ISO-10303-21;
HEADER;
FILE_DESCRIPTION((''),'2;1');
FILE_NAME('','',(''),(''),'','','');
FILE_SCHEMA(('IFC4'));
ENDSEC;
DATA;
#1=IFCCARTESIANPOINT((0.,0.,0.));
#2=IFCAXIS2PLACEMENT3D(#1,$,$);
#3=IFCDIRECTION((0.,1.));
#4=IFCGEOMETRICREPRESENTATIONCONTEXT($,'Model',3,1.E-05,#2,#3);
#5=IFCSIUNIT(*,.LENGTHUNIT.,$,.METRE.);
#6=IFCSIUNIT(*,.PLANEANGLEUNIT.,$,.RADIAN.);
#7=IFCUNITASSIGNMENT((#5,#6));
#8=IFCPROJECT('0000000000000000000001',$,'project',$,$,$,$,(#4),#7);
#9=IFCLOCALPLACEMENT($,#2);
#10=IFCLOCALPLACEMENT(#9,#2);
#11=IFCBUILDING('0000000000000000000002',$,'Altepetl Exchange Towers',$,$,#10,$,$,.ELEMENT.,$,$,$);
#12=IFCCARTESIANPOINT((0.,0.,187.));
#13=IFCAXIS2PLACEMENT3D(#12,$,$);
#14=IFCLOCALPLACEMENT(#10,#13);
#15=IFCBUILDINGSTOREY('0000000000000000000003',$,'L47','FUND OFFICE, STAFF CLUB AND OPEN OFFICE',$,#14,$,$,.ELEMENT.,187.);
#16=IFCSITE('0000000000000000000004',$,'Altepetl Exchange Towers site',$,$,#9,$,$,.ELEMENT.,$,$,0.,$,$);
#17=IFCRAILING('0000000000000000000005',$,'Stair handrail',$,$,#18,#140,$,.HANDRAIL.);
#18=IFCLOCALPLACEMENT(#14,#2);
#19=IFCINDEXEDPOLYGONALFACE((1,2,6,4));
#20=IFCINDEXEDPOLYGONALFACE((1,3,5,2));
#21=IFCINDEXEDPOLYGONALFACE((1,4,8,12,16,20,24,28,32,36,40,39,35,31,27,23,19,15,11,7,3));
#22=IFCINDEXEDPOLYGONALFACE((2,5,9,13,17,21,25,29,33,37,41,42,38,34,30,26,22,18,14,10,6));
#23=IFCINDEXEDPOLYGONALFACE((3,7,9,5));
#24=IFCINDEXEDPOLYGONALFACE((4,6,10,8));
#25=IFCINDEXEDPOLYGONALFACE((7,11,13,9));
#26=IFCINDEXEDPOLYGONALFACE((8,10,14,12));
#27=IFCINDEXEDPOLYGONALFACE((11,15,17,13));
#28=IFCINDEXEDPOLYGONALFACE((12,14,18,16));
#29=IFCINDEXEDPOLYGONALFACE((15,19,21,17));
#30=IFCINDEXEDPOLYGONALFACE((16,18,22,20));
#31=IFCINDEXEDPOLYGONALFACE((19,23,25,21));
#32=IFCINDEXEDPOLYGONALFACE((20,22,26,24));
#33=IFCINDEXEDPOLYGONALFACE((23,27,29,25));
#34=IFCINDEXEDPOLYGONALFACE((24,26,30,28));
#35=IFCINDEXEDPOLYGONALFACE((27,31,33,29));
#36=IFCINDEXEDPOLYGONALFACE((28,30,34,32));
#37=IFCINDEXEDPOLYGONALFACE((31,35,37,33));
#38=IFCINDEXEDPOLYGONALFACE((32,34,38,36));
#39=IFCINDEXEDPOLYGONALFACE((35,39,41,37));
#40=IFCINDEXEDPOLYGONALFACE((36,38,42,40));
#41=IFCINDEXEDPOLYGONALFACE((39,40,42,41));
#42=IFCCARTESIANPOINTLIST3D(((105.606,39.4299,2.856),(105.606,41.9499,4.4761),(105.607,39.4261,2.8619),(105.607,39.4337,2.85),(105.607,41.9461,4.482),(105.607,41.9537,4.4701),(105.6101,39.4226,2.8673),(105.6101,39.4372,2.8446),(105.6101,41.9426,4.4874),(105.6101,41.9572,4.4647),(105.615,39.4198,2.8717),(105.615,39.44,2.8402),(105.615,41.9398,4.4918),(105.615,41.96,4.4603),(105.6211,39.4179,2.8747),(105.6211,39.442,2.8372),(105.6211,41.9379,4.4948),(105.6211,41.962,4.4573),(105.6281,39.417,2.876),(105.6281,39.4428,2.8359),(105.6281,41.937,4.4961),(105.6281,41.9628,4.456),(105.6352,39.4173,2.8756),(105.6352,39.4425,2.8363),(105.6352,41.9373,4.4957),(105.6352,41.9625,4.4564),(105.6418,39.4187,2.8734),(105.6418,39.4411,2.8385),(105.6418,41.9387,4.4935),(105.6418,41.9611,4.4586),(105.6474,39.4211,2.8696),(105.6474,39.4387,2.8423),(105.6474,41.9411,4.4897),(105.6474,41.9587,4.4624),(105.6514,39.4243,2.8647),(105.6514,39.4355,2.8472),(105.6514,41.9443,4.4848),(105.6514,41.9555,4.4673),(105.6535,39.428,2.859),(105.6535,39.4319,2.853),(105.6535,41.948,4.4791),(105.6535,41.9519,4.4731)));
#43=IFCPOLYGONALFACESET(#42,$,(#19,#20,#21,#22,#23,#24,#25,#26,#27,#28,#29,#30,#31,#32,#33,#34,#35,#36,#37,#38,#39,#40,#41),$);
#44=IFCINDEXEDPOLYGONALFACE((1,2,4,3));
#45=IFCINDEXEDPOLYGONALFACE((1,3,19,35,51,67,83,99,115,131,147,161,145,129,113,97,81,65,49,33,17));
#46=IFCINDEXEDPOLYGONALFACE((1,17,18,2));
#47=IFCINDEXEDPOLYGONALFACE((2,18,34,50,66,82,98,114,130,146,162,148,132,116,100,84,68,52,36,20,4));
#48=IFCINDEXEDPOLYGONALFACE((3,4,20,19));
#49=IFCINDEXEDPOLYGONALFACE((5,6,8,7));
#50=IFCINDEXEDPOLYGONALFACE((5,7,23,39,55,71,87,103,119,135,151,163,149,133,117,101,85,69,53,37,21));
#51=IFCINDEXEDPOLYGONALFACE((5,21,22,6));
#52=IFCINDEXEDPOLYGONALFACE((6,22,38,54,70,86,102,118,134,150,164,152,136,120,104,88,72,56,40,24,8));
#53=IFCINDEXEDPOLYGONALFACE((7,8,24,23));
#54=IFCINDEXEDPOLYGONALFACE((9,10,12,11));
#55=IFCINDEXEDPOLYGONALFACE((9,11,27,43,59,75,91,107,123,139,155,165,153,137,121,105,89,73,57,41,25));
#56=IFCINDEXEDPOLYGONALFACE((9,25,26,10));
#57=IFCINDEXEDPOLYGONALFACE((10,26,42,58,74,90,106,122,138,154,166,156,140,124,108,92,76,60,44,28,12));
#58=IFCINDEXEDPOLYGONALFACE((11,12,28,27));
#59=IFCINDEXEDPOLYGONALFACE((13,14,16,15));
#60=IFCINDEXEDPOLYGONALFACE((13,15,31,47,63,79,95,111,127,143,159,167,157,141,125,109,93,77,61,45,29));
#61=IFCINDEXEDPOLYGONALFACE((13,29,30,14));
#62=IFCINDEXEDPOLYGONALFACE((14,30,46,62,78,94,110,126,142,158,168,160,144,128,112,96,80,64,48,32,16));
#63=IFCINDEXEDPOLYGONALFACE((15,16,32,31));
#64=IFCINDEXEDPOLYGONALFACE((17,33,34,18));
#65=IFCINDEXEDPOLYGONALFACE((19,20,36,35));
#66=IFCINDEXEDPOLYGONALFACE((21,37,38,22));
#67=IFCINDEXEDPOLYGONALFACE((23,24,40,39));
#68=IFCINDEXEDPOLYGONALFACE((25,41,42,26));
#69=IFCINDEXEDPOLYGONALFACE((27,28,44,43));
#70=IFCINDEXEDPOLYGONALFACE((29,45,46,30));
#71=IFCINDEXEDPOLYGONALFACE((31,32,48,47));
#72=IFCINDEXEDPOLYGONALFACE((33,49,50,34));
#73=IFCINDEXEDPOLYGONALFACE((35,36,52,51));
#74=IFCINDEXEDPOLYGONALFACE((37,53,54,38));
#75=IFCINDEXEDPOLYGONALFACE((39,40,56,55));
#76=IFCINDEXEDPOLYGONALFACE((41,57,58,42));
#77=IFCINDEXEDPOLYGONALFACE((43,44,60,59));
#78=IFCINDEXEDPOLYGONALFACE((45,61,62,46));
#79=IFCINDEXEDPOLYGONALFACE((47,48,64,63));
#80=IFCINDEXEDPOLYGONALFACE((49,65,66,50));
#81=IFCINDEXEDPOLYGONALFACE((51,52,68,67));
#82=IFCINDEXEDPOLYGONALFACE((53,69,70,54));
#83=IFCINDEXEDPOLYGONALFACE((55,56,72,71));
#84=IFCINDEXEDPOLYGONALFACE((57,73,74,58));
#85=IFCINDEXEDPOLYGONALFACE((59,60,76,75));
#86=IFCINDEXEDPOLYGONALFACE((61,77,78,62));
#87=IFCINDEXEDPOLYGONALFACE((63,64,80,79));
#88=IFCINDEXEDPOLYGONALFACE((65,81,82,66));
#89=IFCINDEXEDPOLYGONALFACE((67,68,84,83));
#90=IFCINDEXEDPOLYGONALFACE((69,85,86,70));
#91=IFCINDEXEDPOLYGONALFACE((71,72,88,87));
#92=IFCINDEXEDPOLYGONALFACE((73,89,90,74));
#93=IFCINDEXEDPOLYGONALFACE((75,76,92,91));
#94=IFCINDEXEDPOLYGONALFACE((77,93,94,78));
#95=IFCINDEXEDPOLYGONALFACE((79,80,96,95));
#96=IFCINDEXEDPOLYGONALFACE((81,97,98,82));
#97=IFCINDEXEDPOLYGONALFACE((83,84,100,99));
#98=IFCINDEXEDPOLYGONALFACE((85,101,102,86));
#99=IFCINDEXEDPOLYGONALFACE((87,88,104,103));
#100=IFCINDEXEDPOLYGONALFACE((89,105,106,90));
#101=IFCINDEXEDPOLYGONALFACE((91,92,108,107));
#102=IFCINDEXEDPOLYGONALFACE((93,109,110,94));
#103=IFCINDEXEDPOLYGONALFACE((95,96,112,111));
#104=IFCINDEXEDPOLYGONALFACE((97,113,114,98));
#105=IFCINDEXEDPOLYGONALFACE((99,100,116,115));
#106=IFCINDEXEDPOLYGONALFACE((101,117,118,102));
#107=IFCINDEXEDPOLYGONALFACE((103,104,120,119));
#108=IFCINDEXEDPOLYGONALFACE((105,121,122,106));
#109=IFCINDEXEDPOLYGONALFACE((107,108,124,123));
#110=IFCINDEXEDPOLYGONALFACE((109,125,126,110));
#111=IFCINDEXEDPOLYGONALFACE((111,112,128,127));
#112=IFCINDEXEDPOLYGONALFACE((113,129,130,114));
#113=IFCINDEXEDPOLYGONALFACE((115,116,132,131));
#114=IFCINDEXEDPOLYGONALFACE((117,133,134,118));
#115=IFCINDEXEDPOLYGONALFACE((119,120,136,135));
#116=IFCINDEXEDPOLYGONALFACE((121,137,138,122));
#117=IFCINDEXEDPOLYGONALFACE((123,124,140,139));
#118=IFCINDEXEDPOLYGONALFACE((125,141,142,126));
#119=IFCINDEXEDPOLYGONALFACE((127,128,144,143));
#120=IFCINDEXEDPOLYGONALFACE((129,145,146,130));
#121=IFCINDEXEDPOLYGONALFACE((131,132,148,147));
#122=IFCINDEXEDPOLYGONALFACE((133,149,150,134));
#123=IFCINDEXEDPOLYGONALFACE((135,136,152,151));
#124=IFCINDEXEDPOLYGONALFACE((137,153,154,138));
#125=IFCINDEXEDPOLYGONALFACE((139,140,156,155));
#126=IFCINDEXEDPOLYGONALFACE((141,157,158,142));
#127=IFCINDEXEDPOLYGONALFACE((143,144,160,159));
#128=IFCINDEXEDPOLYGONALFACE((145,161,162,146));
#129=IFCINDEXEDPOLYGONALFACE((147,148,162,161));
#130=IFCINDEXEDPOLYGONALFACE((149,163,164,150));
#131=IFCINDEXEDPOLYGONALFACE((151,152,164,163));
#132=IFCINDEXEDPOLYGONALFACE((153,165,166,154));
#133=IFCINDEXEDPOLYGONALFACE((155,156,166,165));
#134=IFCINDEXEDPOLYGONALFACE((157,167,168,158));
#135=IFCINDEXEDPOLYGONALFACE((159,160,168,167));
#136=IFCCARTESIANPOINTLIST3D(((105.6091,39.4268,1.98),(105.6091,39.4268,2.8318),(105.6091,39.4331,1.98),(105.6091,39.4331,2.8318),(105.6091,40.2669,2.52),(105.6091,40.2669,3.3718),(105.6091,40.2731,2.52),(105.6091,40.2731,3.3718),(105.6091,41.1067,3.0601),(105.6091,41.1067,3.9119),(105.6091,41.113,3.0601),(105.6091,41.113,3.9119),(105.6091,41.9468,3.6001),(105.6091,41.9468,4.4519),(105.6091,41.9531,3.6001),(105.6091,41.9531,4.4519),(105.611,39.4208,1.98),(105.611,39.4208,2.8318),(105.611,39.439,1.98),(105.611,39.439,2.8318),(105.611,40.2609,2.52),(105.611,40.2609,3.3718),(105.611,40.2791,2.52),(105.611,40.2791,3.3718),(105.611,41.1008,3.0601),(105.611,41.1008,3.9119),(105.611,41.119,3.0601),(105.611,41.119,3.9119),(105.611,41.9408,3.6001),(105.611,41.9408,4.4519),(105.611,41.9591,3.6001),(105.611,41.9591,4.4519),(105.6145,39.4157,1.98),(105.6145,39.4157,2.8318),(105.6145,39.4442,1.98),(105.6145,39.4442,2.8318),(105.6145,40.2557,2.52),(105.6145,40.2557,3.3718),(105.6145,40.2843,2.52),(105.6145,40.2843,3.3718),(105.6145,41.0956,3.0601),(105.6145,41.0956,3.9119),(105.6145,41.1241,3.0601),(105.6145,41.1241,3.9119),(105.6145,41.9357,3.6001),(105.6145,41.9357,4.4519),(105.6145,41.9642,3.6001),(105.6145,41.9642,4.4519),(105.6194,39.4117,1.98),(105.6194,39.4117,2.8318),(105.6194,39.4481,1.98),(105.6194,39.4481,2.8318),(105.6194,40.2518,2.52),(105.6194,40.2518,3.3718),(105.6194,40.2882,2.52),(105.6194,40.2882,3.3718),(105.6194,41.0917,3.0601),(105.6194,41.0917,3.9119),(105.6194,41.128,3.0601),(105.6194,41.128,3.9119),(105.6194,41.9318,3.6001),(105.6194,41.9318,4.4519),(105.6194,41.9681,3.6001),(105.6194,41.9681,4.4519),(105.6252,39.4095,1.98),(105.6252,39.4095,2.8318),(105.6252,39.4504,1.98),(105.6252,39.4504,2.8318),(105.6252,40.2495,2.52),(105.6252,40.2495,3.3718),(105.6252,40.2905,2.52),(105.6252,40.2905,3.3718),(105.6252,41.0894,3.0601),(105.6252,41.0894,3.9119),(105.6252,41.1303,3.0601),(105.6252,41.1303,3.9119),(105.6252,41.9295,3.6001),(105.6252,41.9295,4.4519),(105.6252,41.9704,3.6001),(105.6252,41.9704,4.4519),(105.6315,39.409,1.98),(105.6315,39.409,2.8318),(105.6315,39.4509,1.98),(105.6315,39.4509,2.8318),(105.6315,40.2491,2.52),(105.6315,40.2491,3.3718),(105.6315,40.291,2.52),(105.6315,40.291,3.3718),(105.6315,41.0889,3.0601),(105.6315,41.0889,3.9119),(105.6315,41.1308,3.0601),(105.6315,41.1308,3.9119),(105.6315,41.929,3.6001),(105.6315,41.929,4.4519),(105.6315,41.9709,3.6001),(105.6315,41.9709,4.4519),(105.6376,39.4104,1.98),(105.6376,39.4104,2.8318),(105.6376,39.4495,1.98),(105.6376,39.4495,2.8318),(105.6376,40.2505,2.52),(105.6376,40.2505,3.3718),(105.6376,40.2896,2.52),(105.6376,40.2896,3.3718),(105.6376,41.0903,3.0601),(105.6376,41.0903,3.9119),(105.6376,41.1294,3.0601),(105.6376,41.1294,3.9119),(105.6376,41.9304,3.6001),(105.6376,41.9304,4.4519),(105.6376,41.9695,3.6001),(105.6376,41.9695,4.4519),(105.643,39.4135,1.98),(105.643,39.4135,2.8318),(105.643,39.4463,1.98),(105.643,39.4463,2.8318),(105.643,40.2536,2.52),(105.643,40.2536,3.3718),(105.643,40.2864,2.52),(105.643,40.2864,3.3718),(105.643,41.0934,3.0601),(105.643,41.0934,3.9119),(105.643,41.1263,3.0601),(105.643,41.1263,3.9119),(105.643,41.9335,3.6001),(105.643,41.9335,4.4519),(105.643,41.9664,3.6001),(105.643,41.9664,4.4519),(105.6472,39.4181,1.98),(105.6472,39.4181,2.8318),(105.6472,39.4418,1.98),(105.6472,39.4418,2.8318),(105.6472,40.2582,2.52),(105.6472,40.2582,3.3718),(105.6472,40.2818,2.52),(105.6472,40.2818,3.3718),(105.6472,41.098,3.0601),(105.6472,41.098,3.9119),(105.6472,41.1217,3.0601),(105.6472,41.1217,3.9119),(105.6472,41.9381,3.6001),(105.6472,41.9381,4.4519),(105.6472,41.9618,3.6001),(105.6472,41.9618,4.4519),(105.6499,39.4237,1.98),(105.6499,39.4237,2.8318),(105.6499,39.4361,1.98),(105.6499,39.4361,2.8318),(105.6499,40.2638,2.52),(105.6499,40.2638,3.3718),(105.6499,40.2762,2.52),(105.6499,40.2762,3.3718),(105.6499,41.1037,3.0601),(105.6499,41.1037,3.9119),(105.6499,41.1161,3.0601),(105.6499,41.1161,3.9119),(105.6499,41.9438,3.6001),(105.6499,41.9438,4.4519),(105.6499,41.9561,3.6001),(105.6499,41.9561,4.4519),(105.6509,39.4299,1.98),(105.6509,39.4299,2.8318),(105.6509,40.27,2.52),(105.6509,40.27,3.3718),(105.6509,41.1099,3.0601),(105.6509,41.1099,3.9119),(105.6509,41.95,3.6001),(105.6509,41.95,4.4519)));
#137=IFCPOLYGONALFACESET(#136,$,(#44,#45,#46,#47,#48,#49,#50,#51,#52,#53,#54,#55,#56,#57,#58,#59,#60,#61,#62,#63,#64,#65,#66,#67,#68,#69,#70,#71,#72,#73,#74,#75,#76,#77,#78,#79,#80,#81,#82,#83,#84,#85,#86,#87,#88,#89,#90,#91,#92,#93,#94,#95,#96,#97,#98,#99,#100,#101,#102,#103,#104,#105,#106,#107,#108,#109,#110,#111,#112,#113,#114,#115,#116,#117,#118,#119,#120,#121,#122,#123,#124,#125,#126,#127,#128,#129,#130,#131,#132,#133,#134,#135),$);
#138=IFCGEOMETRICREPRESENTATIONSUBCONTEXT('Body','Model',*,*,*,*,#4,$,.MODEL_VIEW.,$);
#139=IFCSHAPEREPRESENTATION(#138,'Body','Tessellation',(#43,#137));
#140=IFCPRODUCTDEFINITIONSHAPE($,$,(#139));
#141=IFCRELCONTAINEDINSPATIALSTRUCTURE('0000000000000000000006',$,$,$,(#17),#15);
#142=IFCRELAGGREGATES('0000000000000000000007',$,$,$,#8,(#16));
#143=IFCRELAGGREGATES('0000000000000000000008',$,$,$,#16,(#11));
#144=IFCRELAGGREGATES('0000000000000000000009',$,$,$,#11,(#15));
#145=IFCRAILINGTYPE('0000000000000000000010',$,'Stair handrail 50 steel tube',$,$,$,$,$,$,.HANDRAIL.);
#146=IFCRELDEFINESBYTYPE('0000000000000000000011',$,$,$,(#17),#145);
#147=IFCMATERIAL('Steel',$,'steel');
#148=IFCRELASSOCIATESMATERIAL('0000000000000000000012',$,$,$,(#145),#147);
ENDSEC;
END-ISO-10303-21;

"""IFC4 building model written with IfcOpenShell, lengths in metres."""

from ifc_helpers import new_model, si_unit, direction, frame, origin, origin_2d, place, context, subcontext, project, spatial, circle, extrude, source, transform, mapped, material, type_object, element, save


model = new_model("IFC4")

# Units and contexts
model_context = context("Model", 3, precision=1e-05, world=origin(), true_north=direction((0.0, 1.0)))
body_context = subcontext(model_context, "Body", "Model", "MODEL_VIEW")
ifc_project = project(units=[si_unit("LENGTHUNIT", "METRE"), si_unit("PLANEANGLEUNIT", "RADIAN")], contexts=[model_context])

# Site, building, storey
site_placement = place(None, origin())
site = spatial("IfcSite", under=ifc_project, at=site_placement, Name="Altepetl Exchange Towers site", CompositionType="ELEMENT", RefElevation=0.0)
building_placement = place(site_placement, origin())
building = spatial("IfcBuilding", under=site, at=building_placement, Name="Altepetl Exchange Towers", CompositionType="ELEMENT")
storey_placement = place(building_placement, frame((0.0, 0.0, 187.0)))
storey = spatial("IfcBuildingStorey", under=building, at=storey_placement, Name="L47", Description="FUND OFFICE, STAFF CLUB AND OPEN OFFICE", CompositionType="ELEMENT", Elevation=187.0)

# Railing
ifc_material_1 = material(Name="Steel", Category="steel")
railing_type = type_object("IfcRailingType", Name="Stair handrail 50 steel tube", PredefinedType="HANDRAIL", material=ifc_material_1)
shared_shape = source(origin(), body_context, "Body", "SweptSolid", [
    extrude(circle(Radius=0.021, at=origin_2d()), origin(), (0.0, 0.0, 1.0), 0.8518),
])
railing_1_placement = place(storey_placement, frame((105.6299, 39.4299, 1.98)))
element("IfcRailing", 1, at=railing_1_placement, inside=storey, type_object=railing_type, Name="Stair handrail", PredefinedType="HANDRAIL", context=body_context, shape_type="SweptSolid", body=[
    extrude(circle(Radius=0.0239, at=origin_2d()), frame((0.0, 0.0, 0.876), z_axis=(0.0, 0.841163, 0.540782), x_axis=(-1.0, 0.0, 0.0)), (0.0, 0.0, 1.0), 2.9958),
    mapped(shared_shape, transform((0.0, 0.0, 0.0))),
    mapped(shared_shape, transform((0.0, 0.8401, 0.54))),
    mapped(shared_shape, transform((0.0, 1.6799, 1.0801))),
    mapped(shared_shape, transform((0.0, 2.52, 1.6201))),
])

save(model, "model.ifc")
